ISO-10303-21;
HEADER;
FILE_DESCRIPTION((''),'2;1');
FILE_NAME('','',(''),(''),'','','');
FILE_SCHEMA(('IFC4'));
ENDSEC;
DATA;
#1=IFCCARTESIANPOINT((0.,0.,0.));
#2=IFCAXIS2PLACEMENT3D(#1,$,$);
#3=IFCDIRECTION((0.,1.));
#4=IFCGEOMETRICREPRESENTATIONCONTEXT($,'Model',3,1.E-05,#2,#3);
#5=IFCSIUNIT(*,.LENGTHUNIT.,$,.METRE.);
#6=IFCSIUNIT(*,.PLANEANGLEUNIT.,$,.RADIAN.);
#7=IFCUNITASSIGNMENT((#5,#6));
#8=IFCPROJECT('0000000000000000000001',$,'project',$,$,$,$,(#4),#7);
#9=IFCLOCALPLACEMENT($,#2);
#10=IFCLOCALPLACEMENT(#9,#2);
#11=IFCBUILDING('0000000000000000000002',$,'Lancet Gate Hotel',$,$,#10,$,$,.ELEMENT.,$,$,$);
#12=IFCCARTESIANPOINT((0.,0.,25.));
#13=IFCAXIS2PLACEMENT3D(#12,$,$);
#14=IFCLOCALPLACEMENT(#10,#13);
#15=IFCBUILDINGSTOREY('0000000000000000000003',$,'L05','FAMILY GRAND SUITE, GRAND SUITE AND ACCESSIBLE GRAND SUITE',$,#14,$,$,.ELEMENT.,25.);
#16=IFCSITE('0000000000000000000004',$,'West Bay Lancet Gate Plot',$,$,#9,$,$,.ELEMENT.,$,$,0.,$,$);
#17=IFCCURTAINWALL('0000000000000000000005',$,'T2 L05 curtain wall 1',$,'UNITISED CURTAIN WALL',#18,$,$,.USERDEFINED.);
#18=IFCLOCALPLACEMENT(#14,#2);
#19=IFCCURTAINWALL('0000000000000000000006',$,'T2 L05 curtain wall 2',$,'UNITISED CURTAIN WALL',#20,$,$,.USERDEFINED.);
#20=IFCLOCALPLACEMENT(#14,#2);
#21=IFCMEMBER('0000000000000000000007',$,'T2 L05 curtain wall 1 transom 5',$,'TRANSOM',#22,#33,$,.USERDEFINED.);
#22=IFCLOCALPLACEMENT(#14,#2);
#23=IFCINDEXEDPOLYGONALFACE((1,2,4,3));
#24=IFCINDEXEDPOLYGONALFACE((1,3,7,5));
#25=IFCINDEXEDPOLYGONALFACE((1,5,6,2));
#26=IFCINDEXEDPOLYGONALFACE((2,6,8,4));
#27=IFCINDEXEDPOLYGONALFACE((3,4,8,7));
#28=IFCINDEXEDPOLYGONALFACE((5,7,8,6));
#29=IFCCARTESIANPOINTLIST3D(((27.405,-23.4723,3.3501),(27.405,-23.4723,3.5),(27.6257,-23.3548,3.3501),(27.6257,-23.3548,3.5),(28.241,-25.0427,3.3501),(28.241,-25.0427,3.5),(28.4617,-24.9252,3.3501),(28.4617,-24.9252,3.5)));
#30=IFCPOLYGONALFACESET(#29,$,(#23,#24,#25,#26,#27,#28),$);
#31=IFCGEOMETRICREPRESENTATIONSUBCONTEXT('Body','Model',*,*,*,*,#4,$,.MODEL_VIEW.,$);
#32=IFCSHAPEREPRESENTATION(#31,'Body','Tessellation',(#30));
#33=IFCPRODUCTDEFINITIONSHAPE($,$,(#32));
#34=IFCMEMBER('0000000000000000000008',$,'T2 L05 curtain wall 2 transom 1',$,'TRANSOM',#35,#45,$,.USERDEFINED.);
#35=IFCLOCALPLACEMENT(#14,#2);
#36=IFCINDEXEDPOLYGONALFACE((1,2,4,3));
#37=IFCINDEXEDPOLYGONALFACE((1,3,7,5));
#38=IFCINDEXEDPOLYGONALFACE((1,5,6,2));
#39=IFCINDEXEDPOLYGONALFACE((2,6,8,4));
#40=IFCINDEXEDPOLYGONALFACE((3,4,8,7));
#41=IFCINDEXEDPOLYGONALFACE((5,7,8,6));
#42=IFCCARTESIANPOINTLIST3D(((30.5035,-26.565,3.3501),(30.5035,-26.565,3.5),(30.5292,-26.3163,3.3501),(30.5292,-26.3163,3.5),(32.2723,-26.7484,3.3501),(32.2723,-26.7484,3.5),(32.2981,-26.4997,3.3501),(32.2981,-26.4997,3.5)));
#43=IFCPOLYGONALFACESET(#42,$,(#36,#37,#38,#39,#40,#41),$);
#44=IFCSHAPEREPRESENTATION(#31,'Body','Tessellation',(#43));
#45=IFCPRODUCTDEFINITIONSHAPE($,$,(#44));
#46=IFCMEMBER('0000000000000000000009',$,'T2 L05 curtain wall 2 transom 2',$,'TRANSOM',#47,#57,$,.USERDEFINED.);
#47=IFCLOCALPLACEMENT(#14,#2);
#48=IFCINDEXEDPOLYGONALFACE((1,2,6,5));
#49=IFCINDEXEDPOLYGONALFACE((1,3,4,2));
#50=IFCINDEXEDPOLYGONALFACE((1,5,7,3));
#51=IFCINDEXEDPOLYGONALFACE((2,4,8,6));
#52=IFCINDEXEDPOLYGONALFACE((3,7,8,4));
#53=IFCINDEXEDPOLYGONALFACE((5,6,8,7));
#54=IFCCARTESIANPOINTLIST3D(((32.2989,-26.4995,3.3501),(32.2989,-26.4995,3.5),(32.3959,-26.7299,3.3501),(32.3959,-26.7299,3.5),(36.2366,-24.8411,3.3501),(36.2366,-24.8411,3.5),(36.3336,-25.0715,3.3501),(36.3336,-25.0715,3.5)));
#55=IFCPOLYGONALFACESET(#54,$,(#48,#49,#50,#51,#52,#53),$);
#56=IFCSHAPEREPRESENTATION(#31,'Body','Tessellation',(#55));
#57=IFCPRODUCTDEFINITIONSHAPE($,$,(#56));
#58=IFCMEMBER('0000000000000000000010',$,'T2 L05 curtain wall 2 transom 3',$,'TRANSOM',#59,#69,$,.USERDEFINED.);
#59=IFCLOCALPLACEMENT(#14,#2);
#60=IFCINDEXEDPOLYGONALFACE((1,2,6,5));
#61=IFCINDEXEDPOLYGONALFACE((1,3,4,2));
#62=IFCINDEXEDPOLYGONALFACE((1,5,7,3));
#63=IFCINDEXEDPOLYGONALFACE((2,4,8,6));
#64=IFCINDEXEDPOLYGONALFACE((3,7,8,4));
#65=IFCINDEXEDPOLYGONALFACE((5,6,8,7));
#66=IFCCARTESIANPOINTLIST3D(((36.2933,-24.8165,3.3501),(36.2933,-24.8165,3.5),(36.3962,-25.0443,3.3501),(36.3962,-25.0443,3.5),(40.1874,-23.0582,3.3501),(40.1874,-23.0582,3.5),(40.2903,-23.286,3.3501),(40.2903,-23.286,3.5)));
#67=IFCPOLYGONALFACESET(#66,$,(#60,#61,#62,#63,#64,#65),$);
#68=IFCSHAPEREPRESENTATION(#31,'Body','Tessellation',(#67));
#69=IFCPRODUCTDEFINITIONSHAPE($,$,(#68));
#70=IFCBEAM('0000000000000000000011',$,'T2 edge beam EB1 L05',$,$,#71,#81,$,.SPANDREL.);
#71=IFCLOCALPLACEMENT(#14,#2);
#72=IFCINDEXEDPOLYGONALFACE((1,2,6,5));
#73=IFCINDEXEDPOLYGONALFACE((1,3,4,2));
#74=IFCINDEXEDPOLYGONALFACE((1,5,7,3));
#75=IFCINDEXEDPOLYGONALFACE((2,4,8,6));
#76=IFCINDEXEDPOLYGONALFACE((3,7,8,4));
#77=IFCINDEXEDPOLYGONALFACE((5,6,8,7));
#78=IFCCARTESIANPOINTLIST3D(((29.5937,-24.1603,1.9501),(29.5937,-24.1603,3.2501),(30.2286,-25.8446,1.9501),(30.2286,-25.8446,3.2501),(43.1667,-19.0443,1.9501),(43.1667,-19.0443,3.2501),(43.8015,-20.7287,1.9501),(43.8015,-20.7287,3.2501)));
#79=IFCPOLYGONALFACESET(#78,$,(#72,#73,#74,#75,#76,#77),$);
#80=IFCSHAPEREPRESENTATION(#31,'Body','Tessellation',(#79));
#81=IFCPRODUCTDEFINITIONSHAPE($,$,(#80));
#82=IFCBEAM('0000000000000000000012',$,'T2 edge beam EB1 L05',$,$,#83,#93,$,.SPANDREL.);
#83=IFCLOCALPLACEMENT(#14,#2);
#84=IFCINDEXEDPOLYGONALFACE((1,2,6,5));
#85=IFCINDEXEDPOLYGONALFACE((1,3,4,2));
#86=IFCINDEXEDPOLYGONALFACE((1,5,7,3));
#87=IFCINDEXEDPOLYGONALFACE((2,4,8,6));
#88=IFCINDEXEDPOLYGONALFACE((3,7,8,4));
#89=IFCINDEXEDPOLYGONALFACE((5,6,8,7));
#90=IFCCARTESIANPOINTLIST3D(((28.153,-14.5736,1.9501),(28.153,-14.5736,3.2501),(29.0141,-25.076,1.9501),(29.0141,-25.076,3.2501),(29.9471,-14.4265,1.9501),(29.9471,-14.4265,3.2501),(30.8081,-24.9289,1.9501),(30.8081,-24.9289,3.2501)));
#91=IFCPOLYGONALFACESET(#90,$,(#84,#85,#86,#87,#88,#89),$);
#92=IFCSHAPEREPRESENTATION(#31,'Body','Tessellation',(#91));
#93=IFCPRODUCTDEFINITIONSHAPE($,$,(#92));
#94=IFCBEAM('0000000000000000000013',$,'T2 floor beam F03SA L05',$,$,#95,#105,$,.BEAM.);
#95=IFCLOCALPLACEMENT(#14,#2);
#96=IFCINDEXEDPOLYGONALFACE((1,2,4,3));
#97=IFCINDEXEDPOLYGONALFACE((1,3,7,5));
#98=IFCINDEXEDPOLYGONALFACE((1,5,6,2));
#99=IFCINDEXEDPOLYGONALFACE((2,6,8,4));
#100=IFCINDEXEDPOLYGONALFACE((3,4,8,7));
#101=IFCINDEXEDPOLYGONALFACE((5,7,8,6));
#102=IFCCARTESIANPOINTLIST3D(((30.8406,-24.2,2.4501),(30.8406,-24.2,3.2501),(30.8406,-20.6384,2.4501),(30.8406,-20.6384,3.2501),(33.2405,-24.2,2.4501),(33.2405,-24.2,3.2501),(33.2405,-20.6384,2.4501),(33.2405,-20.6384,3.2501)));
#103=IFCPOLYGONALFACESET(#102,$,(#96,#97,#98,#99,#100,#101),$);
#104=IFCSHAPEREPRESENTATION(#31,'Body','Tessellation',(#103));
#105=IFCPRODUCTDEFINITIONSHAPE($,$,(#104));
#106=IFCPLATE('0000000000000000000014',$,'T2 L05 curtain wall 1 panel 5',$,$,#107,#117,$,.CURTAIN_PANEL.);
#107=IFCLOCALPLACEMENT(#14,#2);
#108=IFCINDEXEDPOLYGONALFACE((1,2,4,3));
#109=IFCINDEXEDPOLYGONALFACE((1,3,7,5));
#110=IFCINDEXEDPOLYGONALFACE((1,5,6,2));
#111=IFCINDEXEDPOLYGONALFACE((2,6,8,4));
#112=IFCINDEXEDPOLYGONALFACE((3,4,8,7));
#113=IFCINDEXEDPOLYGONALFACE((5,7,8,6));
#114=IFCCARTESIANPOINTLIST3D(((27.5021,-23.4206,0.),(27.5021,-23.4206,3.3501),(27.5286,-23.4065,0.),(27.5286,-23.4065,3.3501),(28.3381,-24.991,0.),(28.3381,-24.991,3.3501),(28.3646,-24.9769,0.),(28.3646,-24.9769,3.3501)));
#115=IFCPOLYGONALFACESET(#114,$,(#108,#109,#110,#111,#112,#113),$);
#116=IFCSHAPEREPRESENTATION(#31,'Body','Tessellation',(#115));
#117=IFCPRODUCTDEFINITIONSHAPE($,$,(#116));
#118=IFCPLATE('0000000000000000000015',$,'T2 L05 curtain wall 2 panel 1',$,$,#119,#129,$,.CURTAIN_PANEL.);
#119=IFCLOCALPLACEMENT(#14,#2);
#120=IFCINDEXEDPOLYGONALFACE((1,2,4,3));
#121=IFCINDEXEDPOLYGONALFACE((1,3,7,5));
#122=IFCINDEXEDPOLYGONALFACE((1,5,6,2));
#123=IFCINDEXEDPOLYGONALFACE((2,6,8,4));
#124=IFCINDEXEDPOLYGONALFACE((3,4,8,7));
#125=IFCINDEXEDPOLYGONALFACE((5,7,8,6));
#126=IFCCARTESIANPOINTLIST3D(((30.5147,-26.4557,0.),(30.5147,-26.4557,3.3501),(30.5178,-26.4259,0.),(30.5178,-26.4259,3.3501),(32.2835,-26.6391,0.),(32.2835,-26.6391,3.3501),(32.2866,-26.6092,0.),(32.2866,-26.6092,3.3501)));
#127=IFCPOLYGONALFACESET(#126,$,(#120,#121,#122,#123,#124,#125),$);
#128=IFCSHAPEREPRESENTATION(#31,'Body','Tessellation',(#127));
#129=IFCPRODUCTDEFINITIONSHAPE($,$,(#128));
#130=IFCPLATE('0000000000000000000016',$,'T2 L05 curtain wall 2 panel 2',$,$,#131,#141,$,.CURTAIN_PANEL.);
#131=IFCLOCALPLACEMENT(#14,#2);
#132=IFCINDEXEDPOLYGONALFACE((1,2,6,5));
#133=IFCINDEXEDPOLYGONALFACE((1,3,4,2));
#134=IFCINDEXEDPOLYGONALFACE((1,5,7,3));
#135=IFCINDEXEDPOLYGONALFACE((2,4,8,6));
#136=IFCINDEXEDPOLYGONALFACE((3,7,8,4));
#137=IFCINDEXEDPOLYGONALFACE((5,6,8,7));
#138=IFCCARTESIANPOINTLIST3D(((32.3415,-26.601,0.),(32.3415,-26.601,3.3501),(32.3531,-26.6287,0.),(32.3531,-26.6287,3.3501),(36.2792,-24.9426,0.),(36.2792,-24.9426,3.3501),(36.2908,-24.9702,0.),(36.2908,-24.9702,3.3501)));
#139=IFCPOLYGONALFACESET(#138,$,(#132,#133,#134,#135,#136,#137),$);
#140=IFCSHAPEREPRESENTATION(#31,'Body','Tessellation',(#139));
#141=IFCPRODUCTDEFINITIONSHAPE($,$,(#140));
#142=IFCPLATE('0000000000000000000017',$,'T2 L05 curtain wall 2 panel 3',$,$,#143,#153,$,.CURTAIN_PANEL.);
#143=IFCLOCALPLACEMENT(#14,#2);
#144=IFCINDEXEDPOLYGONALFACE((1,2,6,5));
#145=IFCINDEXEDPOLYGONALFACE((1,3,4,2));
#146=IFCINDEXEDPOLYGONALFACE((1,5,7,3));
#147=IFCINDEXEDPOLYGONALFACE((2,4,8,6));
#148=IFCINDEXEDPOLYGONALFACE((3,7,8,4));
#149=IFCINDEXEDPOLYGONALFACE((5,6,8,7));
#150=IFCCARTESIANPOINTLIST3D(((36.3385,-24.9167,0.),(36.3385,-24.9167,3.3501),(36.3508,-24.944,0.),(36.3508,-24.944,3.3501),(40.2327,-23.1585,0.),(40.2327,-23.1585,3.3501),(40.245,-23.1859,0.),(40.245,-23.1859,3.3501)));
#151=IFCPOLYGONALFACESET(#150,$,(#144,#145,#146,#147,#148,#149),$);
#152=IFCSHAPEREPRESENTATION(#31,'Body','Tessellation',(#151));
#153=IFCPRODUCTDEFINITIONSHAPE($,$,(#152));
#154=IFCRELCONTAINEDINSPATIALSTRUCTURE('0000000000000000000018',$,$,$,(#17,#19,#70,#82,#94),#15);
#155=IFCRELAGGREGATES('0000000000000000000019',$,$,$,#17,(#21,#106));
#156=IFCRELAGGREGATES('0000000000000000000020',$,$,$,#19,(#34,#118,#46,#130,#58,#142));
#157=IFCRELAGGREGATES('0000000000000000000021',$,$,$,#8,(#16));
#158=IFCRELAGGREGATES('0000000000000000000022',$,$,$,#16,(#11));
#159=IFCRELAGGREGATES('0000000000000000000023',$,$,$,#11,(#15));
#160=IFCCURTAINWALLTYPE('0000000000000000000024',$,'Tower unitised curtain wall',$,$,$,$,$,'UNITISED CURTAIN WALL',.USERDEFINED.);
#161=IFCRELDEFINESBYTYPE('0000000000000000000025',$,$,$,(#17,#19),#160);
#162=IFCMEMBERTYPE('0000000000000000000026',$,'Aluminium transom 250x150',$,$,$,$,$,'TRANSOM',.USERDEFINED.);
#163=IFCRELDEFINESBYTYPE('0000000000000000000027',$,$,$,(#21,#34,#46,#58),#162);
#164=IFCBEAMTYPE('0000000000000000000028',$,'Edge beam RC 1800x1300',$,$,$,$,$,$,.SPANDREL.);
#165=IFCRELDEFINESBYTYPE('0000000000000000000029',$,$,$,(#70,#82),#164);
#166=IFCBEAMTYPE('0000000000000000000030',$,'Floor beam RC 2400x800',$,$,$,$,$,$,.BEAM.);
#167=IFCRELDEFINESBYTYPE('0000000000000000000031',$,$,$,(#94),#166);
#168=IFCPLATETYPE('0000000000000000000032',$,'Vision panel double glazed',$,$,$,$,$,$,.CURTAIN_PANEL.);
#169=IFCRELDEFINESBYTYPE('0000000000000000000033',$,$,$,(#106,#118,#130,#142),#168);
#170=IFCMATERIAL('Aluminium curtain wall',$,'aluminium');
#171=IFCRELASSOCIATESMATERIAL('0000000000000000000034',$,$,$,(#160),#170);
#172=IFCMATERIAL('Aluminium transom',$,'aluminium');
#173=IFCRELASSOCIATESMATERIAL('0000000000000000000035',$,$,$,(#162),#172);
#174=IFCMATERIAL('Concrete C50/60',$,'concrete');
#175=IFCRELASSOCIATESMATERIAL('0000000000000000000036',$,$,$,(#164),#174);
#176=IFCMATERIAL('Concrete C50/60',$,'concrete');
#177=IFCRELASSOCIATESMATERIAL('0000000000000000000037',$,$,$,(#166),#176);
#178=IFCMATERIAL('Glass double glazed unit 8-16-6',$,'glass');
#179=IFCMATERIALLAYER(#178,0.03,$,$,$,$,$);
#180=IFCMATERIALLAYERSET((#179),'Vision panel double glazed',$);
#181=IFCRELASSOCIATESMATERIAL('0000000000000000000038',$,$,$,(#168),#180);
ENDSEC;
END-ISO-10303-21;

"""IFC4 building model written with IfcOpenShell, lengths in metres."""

from ifc_helpers import new_model, si_unit, direction, frame, origin, origin_2d, place, context, subcontext, project, spatial, rectangle, extrude, material, layer, layer_set, material_profile, profile_set, type_object, element, aggregate, save


model = new_model("IFC4")

# Units and contexts
model_context = context("Model", 3, precision=1e-05, world=origin(), true_north=direction((0.0, 1.0)))
body_context = subcontext(model_context, "Body", "Model", "MODEL_VIEW")
ifc_project = project(units=[si_unit("LENGTHUNIT", "METRE"), si_unit("PLANEANGLEUNIT", "RADIAN")], contexts=[model_context])

# Site, building, storey
site_placement = place(None, origin())
site = spatial("IfcSite", under=ifc_project, at=site_placement, Name="West Bay Lancet Gate Plot", CompositionType="ELEMENT", RefElevation=0.0)
building_placement = place(site_placement, origin())
building = spatial("IfcBuilding", under=site, at=building_placement, Name="Lancet Gate Hotel", CompositionType="ELEMENT")
storey_placement = place(building_placement, frame((0.0, 0.0, 25.0)))
storey = spatial("IfcBuildingStorey", under=building, at=storey_placement, Name="L05", Description="FAMILY GRAND SUITE, GRAND SUITE AND ACCESSIBLE GRAND SUITE", CompositionType="ELEMENT", Elevation=25.0)

# Curtain walls
ifc_material_1 = material(Name="Aluminium curtain wall", Category="aluminium")
curtain_wall_type = type_object("IfcCurtainWallType", Name="Tower unitised curtain wall", ElementType="UNITISED CURTAIN WALL", PredefinedType="USERDEFINED", material=ifc_material_1)
curtain_wall_1_placement = place(storey_placement, origin())
curtain_wall_1 = element("IfcCurtainWall", 1, at=curtain_wall_1_placement, inside=storey, type_object=curtain_wall_type, Name="T2 L05 curtain wall 1", ObjectType="UNITISED CURTAIN WALL", PredefinedType="USERDEFINED")
curtain_wall_2_placement = place(storey_placement, origin())
curtain_wall_2 = element("IfcCurtainWall", 2, at=curtain_wall_2_placement, inside=storey, type_object=curtain_wall_type, Name="T2 L05 curtain wall 2", ObjectType="UNITISED CURTAIN WALL", PredefinedType="USERDEFINED")

# Members
ifc_material_2 = material(Name="Aluminium transom", Category="aluminium")
ifc_material_profile_1 = material_profile(ifc_material_2, rectangle(XDim=0.25, YDim=0.1499, at=origin_2d()), Name="TRANSOM 250x150")
ifc_profile_set_1 = profile_set([ifc_material_profile_1], Name="Aluminium transom")
member_type_1 = type_object("IfcMemberType", Name="Aluminium transom 250x150", ElementType="TRANSOM", PredefinedType="USERDEFINED", material=ifc_profile_set_1)
member_1_placement = place(storey_placement, frame((27.5154, -23.4136, 3.425), z_axis=(0.469904, -0.882717, 0.0), x_axis=(0.882717, 0.469904, 0.0)))
member_1 = element("IfcMember", 3, at=member_1_placement, type_object=member_type_1, Name="T2 L05 curtain wall 1 transom 5", ObjectType="TRANSOM", PredefinedType="USERDEFINED", context=body_context, shape_type="SweptSolid", body=[
    extrude(rectangle(XDim=0.25, YDim=0.1499, at=origin_2d()), origin(), (0.0, 0.0, 1.0), 1.7791),
])
member_2_placement = place(storey_placement, frame((30.5164, -26.4407, 3.425), z_axis=(0.99467, -0.103105, 0.0), x_axis=(0.103105, 0.99467, 0.0)))
member_2 = element("IfcMember", 4, at=member_2_placement, type_object=member_type_1, Name="T2 L05 curtain wall 2 transom 1", ObjectType="TRANSOM", PredefinedType="USERDEFINED", context=body_context, shape_type="SweptSolid", body=[
    extrude(rectangle(XDim=0.25, YDim=0.1499, at=origin_2d()), origin(), (0.0, 0.0, 1.0), 1.7783),
])
member_3_placement = place(storey_placement, frame((32.3474, -26.6147, 3.425), z_axis=(0.921598, 0.388146, 0.0), x_axis=(-0.388146, 0.921598, 0.0)))
member_3 = element("IfcMember", 5, at=member_3_placement, type_object=member_type_1, Name="T2 L05 curtain wall 2 transom 2", ObjectType="TRANSOM", PredefinedType="USERDEFINED", context=body_context, shape_type="SweptSolid", body=[
    extrude(rectangle(XDim=0.25, YDim=0.1499, at=origin_2d()), origin(), (0.0, 0.0, 1.0), 4.2727),
])
member_4_placement = place(storey_placement, frame((36.3447, -24.9304, 3.425), z_axis=(0.911397, 0.411529, 0.0), x_axis=(-0.411529, 0.911397, 0.0)))
member_4 = element("IfcMember", 6, at=member_4_placement, type_object=member_type_1, Name="T2 L05 curtain wall 2 transom 3", ObjectType="TRANSOM", PredefinedType="USERDEFINED", context=body_context, shape_type="SweptSolid", body=[
    extrude(rectangle(XDim=0.25, YDim=0.1499, at=origin_2d()), origin(), (0.0, 0.0, 1.0), 4.2727),
])

# Beams
ifc_material_3 = material(Name="Concrete C50/60", Category="concrete")
ifc_material_profile_2 = material_profile(ifc_material_3, rectangle(XDim=1.8, YDim=1.3, at=origin_2d()), Name="RC 1800x1300")
ifc_profile_set_2 = profile_set([ifc_material_profile_2], Name="Concrete C50/60")
beam_type_1 = type_object("IfcBeamType", Name="Edge beam RC 1800x1300", PredefinedType="SPANDREL", material=ifc_profile_set_2)
beam_1_placement = place(storey_placement, frame((29.9111, -25.0024, 2.6001), z_axis=(0.935736, 0.3527, 0.0), x_axis=(-0.3527, 0.935736, 0.0)))
element("IfcBeam", 7, at=beam_1_placement, inside=storey, type_object=beam_type_1, Name="T2 edge beam EB1 L05", PredefinedType="SPANDREL", context=body_context, shape_type="SweptSolid", body=[
    extrude(rectangle(XDim=1.8, YDim=1.3, at=origin_2d()), origin(), (0.0, 0.0, 1.0), 14.5051),
])
beam_2_placement = place(storey_placement, frame((29.9111, -25.0024, 2.6001), z_axis=(-0.081715, 0.996656, 0.0), x_axis=(-0.996656, -0.081715, 0.0)))
element("IfcBeam", 8, at=beam_2_placement, inside=storey, type_object=beam_type_1, Name="T2 edge beam EB1 L05", PredefinedType="SPANDREL", context=body_context, shape_type="SweptSolid", body=[
    extrude(rectangle(XDim=1.8, YDim=1.3, at=origin_2d()), origin(), (0.0, 0.0, 1.0), 10.5376),
])
ifc_material_4 = material(Name="Concrete C50/60", Category="concrete")
ifc_material_profile_3 = material_profile(ifc_material_4, rectangle(XDim=2.3999, YDim=0.8, at=origin_2d()), Name="RC 2400x800")
ifc_profile_set_3 = profile_set([ifc_material_profile_3], Name="Concrete C50/60")
beam_type_2 = type_object("IfcBeamType", Name="Floor beam RC 2400x800", PredefinedType="BEAM", material=ifc_profile_set_3)
beam_3_placement = place(storey_placement, frame((32.0405, -24.2, 2.8501), z_axis=(0.0, 1.0, 0.0), x_axis=(-1.0, 0.0, 0.0)))
element("IfcBeam", 9, at=beam_3_placement, inside=storey, type_object=beam_type_2, Name="T2 floor beam F03SA L05", PredefinedType="BEAM", context=body_context, shape_type="SweptSolid", body=[
    extrude(rectangle(XDim=2.3999, YDim=0.8, at=origin_2d()), origin(), (0.0, 0.0, 1.0), 3.5615),
])

# Plates
ifc_material_5 = material(Name="Glass double glazed unit 8-16-6", Category="glass")
ifc_layer = layer(ifc_material_5, 0.03)
ifc_layer_set = layer_set([ifc_layer], Name="Vision panel double glazed")
plate_type = type_object("IfcPlateType", Name="Vision panel double glazed", PredefinedType="CURTAIN_PANEL", material=ifc_layer_set)
plate_1_placement = place(storey_placement, frame((27.9333, -24.1987, 0.0), z_axis=(0.0, 0.0, 1.0), x_axis=(0.469898, -0.882721, 0.0)))
plate_1 = element("IfcPlate", 10, at=plate_1_placement, type_object=plate_type, Name="T2 L05 curtain wall 1 panel 5", PredefinedType="CURTAIN_PANEL", context=body_context, shape_type="SweptSolid", body=[
    extrude(rectangle(XDim=1.7791, YDim=0.03, at=origin_2d()), origin(), (0.0, 0.0, 1.0), 3.3501),
])
aggregate(curtain_wall_1, [member_1, plate_1])
plate_2_placement = place(storey_placement, frame((31.4006, -26.5325, 0.0), z_axis=(0.0, 0.0, 1.0), x_axis=(0.994672, -0.103088, 0.0)))
plate_2 = element("IfcPlate", 11, at=plate_2_placement, type_object=plate_type, Name="T2 L05 curtain wall 2 panel 1", PredefinedType="CURTAIN_PANEL", context=body_context, shape_type="SweptSolid", body=[
    extrude(rectangle(XDim=1.7783, YDim=0.03, at=origin_2d()), origin(), (0.0, 0.0, 1.0), 3.3501),
])
plate_3_placement = place(storey_placement, frame((34.3162, -25.7856, 0.0), z_axis=(0.0, 0.0, 1.0), x_axis=(0.921593, 0.388157, 0.0)))
plate_3 = element("IfcPlate", 12, at=plate_3_placement, type_object=plate_type, Name="T2 L05 curtain wall 2 panel 2", PredefinedType="CURTAIN_PANEL", context=body_context, shape_type="SweptSolid", body=[
    extrude(rectangle(XDim=4.2727, YDim=0.03, at=origin_2d()), origin(), (0.0, 0.0, 1.0), 3.3501),
])
plate_4_placement = place(storey_placement, frame((38.2917, -24.0513, 0.0), z_axis=(0.0, 0.0, 1.0), x_axis=(0.911416, 0.411487, 0.0)))
plate_4 = element("IfcPlate", 13, at=plate_4_placement, type_object=plate_type, Name="T2 L05 curtain wall 2 panel 3", PredefinedType="CURTAIN_PANEL", context=body_context, shape_type="SweptSolid", body=[
    extrude(rectangle(XDim=4.2727, YDim=0.03, at=origin_2d()), origin(), (0.0, 0.0, 1.0), 3.3501),
])
aggregate(curtain_wall_2, [member_2, plate_2, member_3, plate_3, member_4, plate_4])

save(model, "model.ifc")
